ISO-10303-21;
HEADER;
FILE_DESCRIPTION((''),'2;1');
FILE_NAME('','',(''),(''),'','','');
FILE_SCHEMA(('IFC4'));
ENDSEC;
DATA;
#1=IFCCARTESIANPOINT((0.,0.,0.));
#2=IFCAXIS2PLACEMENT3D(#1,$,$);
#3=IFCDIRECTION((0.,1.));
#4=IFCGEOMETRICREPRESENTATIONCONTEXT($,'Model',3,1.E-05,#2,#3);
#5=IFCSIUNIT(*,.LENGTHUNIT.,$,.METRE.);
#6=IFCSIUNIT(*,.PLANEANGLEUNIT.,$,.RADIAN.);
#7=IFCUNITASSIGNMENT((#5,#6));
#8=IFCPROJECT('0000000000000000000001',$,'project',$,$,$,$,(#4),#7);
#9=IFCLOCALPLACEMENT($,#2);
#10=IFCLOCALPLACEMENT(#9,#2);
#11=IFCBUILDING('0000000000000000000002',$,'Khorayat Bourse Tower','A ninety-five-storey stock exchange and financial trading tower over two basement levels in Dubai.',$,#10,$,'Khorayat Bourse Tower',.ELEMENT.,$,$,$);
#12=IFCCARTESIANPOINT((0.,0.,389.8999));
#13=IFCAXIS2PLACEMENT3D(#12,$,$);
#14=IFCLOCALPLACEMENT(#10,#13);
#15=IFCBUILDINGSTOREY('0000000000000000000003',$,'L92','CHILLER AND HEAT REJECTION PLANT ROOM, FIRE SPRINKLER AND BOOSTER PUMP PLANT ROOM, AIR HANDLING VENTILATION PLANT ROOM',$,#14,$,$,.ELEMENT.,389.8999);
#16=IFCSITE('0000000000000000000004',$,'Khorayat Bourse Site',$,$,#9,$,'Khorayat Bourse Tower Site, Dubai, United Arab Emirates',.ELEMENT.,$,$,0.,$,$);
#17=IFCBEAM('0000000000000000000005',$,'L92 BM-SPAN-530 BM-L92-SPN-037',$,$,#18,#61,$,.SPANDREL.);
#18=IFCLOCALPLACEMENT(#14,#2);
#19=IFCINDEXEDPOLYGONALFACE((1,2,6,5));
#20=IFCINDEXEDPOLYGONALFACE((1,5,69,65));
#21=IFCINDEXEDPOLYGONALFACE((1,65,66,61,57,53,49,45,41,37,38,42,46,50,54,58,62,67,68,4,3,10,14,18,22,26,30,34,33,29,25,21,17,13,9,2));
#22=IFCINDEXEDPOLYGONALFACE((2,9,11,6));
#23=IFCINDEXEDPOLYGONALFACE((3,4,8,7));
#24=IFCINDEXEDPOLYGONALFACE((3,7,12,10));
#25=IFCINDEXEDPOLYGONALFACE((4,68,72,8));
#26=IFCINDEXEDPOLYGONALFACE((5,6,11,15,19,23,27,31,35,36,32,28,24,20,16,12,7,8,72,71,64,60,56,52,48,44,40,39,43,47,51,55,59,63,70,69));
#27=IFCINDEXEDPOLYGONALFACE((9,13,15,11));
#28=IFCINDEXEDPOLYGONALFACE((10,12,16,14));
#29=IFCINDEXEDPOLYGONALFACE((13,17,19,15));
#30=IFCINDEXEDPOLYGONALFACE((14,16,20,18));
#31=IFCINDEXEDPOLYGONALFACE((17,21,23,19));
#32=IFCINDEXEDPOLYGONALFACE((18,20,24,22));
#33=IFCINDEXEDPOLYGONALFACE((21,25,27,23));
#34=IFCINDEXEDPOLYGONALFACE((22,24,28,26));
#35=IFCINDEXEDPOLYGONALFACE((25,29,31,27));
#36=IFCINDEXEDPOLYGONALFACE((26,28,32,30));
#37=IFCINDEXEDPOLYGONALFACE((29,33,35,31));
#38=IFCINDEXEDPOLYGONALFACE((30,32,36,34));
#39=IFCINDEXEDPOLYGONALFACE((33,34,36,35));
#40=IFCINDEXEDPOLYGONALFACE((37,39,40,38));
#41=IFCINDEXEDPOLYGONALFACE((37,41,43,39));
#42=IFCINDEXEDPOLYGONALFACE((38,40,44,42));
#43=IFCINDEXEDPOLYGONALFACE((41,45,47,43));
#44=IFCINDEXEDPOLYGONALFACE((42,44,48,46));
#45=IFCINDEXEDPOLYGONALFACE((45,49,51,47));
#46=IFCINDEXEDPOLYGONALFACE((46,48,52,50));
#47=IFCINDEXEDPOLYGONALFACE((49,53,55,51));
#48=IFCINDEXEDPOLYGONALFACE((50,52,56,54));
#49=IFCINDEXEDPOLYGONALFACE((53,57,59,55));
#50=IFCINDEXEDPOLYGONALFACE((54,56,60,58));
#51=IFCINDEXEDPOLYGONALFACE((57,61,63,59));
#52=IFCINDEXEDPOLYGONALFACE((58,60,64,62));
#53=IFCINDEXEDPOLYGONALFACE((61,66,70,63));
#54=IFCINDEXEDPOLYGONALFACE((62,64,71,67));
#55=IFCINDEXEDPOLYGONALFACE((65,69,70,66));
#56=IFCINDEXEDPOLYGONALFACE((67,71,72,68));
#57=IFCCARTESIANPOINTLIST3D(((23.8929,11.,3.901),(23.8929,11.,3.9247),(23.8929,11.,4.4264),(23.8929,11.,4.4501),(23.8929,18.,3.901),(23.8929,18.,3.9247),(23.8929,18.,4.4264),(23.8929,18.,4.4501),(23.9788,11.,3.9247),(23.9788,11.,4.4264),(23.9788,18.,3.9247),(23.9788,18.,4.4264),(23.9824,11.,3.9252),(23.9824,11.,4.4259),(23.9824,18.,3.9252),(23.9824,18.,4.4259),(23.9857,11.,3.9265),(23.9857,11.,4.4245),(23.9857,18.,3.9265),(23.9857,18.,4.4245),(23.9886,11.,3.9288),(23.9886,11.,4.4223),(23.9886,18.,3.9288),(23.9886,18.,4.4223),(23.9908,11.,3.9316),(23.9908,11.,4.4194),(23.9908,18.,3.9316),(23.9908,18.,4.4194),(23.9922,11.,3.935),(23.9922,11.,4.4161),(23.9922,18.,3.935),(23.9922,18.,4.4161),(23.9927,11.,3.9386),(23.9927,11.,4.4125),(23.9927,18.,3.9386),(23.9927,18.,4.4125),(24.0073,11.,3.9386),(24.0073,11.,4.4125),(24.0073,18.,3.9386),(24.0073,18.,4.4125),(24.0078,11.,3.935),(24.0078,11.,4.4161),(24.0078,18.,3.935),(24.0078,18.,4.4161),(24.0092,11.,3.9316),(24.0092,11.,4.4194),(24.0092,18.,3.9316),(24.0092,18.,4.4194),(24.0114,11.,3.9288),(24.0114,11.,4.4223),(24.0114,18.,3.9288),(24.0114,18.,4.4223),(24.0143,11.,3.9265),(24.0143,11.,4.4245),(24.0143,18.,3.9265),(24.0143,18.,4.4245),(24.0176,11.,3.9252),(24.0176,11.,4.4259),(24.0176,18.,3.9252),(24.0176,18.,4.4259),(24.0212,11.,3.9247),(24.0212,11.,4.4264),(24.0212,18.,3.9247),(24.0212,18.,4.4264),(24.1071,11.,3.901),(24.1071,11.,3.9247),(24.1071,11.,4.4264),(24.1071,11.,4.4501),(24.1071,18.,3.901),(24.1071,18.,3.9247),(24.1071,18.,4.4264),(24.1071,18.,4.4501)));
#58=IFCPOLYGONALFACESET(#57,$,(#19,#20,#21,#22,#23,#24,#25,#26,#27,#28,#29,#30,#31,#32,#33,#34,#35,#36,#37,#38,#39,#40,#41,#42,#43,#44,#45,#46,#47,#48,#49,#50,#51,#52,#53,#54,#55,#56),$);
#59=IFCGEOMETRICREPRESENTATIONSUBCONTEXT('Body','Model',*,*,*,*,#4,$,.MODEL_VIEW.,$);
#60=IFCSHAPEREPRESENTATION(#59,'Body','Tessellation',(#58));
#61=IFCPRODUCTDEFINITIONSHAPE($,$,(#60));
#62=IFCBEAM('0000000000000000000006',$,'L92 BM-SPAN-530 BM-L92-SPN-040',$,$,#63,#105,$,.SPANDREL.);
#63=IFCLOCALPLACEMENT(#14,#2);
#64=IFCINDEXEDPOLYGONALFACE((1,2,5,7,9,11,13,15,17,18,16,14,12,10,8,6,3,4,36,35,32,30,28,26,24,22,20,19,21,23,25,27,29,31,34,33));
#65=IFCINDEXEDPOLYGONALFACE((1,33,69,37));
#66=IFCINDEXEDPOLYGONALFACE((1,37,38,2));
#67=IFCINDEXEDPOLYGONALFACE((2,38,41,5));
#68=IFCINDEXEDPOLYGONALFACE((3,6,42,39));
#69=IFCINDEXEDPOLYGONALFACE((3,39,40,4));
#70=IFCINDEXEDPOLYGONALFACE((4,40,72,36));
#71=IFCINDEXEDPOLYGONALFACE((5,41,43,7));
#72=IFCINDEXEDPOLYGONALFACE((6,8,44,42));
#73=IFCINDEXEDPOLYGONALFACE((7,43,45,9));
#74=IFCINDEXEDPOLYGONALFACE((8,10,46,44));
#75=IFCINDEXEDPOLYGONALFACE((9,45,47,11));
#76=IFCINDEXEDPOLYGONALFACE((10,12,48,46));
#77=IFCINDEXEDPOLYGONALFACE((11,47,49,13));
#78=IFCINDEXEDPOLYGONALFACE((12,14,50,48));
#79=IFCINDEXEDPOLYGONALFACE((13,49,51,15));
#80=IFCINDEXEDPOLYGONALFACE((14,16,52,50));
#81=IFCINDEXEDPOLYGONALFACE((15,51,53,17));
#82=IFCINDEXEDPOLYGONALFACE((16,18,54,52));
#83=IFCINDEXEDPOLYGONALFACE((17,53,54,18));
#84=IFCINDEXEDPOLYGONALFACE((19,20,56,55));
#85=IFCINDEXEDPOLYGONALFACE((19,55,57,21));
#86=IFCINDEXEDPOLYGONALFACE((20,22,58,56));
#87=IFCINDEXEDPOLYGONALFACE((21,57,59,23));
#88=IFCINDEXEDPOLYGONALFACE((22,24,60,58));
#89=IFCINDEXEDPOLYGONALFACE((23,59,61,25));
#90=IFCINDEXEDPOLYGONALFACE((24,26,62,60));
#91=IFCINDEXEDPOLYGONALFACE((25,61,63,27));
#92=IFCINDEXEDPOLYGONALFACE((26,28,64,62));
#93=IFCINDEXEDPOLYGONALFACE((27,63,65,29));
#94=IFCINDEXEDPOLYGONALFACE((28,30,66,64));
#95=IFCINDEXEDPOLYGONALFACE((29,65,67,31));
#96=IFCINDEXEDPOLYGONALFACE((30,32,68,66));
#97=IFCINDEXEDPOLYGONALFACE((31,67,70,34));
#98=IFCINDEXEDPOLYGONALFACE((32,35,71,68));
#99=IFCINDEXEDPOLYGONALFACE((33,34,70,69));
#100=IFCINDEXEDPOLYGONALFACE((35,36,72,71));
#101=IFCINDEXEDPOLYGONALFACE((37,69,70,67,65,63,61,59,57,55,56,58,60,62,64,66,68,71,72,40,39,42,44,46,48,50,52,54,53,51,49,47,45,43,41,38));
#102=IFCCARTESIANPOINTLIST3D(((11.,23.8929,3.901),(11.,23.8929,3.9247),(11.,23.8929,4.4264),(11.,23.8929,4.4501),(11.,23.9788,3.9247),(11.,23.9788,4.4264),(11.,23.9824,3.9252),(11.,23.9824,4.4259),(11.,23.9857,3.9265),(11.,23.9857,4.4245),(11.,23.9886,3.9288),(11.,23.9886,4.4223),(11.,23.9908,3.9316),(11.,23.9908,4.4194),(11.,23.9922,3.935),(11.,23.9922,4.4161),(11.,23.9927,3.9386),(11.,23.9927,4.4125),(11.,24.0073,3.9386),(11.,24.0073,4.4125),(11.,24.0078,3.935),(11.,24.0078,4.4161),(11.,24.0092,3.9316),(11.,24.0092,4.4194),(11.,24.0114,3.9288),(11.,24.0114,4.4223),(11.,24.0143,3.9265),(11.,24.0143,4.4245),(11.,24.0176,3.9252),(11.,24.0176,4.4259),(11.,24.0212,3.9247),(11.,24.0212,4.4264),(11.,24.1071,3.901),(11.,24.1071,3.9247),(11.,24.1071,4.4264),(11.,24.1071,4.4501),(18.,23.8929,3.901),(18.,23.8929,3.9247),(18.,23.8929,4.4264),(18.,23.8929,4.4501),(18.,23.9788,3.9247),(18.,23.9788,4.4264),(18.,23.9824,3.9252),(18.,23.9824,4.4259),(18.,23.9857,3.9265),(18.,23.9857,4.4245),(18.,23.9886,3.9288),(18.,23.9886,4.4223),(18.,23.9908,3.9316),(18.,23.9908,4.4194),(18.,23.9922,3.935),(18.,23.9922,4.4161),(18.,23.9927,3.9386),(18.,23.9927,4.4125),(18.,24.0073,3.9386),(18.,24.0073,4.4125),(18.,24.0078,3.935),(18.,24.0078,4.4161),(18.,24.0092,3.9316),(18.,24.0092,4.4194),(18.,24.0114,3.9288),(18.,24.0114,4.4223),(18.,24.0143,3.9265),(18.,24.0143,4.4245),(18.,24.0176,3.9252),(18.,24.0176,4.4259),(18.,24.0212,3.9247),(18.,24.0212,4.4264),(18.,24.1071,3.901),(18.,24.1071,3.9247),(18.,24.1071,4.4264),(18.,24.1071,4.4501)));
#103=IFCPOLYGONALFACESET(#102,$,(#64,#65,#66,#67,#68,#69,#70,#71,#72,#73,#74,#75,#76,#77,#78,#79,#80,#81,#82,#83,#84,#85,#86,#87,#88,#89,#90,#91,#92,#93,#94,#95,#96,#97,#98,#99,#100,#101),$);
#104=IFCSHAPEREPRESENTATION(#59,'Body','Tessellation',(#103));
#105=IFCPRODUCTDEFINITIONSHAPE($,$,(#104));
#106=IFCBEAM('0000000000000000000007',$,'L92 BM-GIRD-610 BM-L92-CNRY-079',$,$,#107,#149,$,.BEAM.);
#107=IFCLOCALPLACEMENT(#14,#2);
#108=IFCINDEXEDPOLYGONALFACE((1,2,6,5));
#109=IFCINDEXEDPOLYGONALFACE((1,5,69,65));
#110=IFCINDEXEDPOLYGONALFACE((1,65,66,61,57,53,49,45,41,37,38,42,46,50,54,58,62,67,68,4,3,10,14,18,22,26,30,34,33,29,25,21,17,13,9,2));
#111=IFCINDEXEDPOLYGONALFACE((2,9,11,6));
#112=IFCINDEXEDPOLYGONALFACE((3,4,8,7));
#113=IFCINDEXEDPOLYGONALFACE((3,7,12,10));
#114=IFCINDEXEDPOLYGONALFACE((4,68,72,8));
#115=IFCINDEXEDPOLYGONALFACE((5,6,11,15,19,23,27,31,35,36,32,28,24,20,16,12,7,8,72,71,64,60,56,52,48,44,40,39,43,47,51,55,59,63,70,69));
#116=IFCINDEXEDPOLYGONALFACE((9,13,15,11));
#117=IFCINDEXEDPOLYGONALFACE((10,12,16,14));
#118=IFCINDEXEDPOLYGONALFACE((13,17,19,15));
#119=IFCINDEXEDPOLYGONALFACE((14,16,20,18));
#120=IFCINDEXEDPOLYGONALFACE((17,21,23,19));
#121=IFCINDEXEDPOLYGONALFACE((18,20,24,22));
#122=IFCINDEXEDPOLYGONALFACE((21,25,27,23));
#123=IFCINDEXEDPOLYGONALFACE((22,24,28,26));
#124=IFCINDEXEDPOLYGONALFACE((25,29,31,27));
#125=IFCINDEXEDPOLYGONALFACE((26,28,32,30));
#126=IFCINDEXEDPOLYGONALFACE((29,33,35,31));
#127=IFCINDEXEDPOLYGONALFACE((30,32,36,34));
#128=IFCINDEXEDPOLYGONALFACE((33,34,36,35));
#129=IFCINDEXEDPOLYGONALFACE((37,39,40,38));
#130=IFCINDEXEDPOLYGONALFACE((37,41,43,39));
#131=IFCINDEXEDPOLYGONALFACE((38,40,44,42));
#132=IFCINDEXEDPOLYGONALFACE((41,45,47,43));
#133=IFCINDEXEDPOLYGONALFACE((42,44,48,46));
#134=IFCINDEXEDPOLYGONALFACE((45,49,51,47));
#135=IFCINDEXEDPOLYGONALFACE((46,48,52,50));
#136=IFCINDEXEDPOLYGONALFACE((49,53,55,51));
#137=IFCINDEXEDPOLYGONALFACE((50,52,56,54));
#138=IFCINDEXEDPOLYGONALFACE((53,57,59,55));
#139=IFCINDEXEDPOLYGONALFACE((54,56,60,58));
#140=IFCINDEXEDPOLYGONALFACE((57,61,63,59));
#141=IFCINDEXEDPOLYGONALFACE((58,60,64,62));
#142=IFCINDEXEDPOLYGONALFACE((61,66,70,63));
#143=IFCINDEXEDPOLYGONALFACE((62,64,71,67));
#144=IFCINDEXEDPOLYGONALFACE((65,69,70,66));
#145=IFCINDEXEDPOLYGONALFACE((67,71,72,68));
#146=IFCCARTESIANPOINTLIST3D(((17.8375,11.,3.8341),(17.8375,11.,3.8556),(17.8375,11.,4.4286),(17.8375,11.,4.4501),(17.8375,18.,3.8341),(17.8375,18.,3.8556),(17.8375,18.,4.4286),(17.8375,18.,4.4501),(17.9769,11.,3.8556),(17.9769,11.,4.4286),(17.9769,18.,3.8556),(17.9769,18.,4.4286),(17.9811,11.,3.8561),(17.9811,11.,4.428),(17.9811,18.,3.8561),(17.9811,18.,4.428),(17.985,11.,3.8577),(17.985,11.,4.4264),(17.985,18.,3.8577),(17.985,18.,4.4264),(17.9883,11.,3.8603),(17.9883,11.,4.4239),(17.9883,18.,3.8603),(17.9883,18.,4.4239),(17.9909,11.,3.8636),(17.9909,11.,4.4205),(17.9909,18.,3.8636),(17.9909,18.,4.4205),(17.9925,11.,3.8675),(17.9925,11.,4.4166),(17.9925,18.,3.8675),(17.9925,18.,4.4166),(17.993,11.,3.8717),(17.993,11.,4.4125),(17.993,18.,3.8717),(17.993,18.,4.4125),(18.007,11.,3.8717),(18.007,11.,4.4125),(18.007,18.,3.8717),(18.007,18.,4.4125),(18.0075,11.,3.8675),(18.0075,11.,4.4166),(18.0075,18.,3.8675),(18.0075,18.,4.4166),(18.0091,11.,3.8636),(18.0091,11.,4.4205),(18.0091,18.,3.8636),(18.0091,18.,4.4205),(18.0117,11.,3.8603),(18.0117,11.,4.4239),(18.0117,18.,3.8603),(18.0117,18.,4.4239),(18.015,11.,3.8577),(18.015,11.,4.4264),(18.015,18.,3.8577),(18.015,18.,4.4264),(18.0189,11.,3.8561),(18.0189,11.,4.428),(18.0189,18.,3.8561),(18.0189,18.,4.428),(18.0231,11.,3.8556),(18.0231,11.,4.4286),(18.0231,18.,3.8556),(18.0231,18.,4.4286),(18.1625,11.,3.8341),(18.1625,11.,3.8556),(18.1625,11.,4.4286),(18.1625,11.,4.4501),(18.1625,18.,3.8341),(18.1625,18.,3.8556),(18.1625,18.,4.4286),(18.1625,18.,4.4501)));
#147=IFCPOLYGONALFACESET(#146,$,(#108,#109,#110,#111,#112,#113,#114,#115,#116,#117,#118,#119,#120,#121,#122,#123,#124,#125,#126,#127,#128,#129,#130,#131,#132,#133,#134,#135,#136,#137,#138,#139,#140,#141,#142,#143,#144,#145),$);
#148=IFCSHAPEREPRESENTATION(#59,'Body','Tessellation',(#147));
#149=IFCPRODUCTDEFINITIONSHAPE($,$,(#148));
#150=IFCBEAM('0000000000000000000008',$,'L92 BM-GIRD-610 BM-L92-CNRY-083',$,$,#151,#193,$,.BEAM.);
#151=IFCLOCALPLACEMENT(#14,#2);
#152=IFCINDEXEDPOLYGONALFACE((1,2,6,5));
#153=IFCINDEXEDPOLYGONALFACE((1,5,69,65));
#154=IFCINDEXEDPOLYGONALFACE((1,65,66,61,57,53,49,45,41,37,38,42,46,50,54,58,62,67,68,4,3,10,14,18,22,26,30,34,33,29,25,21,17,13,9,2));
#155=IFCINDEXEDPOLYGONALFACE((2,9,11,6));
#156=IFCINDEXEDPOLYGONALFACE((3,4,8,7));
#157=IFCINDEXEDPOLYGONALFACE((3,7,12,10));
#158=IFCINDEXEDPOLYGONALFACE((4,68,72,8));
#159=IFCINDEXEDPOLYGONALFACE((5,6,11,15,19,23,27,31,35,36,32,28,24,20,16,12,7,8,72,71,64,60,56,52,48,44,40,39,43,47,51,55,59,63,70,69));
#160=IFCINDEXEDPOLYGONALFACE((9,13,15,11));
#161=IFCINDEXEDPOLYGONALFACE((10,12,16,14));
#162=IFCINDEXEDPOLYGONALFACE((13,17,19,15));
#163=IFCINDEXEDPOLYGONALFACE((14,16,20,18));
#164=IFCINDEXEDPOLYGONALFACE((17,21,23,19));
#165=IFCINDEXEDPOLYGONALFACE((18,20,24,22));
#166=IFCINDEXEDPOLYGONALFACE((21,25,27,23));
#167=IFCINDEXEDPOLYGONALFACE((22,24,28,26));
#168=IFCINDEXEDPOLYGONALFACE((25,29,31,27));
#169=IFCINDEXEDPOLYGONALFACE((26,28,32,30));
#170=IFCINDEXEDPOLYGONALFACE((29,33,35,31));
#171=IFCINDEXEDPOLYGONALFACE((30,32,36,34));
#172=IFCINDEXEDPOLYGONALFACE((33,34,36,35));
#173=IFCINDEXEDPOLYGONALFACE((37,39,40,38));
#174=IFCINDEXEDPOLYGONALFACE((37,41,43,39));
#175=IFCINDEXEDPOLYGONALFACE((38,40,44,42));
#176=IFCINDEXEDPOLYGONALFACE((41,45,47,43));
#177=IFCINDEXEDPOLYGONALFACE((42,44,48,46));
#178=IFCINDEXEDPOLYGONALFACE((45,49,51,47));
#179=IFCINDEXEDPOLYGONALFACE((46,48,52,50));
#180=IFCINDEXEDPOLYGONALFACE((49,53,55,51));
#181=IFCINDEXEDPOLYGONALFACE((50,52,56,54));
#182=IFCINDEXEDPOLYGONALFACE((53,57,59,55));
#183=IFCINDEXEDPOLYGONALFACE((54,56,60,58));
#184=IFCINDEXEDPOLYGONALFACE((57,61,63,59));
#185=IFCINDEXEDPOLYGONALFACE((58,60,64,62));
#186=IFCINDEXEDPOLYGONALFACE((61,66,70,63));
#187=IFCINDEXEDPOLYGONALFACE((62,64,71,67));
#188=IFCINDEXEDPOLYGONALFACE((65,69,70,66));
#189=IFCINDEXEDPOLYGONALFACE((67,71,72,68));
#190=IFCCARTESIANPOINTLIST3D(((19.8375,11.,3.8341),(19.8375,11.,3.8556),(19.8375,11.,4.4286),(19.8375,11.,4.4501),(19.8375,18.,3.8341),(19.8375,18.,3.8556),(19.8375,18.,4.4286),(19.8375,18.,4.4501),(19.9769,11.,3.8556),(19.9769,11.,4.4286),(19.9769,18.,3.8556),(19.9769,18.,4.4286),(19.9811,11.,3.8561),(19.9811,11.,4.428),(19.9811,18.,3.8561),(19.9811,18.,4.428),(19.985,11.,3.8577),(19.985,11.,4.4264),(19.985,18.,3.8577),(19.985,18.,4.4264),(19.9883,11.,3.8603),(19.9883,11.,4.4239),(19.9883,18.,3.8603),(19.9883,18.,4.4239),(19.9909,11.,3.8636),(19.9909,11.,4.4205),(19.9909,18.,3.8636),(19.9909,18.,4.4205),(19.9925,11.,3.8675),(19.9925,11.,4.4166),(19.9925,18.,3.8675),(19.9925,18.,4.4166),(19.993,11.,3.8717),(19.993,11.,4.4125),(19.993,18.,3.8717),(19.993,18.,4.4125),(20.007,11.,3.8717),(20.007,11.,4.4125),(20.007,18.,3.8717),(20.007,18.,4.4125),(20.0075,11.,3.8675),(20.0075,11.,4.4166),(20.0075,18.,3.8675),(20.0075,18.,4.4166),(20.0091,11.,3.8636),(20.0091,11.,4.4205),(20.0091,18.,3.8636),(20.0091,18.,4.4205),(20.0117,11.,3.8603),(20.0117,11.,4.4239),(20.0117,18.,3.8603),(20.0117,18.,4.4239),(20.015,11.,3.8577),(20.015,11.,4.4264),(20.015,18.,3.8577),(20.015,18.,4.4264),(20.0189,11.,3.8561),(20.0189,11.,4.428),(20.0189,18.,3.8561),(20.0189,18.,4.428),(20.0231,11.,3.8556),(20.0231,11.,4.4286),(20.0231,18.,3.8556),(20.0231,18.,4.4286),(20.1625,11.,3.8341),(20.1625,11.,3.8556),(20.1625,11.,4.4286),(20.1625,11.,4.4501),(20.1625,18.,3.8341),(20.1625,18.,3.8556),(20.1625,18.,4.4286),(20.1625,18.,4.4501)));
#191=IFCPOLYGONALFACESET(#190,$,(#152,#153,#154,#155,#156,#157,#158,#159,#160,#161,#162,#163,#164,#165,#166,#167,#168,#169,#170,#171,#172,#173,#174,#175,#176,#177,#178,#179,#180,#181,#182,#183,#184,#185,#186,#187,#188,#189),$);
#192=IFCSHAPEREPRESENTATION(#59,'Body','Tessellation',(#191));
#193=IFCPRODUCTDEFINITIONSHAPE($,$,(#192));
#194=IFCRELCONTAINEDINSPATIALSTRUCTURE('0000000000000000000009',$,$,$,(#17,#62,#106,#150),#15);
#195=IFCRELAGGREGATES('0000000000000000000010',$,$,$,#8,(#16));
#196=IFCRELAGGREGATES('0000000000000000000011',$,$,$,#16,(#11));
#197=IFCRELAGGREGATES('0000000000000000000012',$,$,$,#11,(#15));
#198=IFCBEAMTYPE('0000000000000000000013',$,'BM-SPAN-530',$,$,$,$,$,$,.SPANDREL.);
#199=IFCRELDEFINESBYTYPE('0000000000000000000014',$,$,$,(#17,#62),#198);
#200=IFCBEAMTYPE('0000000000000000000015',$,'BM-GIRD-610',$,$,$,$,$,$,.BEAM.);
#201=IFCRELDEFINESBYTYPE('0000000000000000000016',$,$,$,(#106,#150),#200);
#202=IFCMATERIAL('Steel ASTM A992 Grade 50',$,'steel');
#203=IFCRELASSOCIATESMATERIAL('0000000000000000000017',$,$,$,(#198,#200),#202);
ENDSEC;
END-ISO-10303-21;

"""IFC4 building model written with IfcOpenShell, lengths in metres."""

from ifc_helpers import new_model, si_unit, direction, frame, origin, origin_2d, place, context, subcontext, project, spatial, i_section, extrude, source, transform, mapped, material, material_profile, profile_set, type_object, element, save


model = new_model("IFC4")

# Units and contexts
model_context = context("Model", 3, precision=1e-05, world=origin(), true_north=direction((0.0, 1.0)))
body_context = subcontext(model_context, "Body", "Model", "MODEL_VIEW")
ifc_project = project(units=[si_unit("LENGTHUNIT", "METRE"), si_unit("PLANEANGLEUNIT", "RADIAN")], contexts=[model_context])

# Site, building, storey
site_placement = place(None, origin())
site = spatial("IfcSite", under=ifc_project, at=site_placement, Name="Khorayat Bourse Site", LongName="Khorayat Bourse Tower Site, Dubai, United Arab Emirates", CompositionType="ELEMENT", RefElevation=0.0)
building_placement = place(site_placement, origin())
building = spatial("IfcBuilding", under=site, at=building_placement, Name="Khorayat Bourse Tower", Description="A ninety-five-storey stock exchange and financial trading tower over two basement levels in Dubai.", LongName="Khorayat Bourse Tower", CompositionType="ELEMENT")
storey_placement = place(building_placement, frame((0.0, 0.0, 389.8999)))
storey = spatial("IfcBuildingStorey", under=building, at=storey_placement, Name="L92", Description="CHILLER AND HEAT REJECTION PLANT ROOM, FIRE SPRINKLER AND BOOSTER PUMP PLANT ROOM, AIR HANDLING VENTILATION PLANT ROOM", CompositionType="ELEMENT", Elevation=389.8999)

# Beams
ifc_material_1 = material(Name="Steel ASTM A992 Grade 50", Category="steel")
ifc_material_profile_1 = material_profile(ifc_material_1, i_section(OverallWidth=0.2141, OverallDepth=0.5491, WebThickness=0.0146, FlangeThickness=0.0237, FilletRadius=0.0139, at=origin_2d()), Name="W530X138")
ifc_profile_set_1 = profile_set([ifc_material_profile_1], Name="Steel ASTM A992 Grade 50")
beam_type_1 = type_object("IfcBeamType", Name="BM-SPAN-530", PredefinedType="SPANDREL", material=ifc_profile_set_1)
shared_shape_1 = source(origin(), body_context, "Body", "SweptSolid", [
    extrude(i_section(OverallWidth=0.2141, OverallDepth=0.5491, WebThickness=0.0146, FlangeThickness=0.0237, FilletRadius=0.0139, at=origin_2d()), origin(), (0.0, 0.0, 1.0), 7.0),
])
for number, where, z_axis, x_axis, name in (
    (1, (24.0, 11.0, 4.1755), (0.0, 1.0, 0.0), (-1.0, 0.0, 0.0), "L92 BM-SPAN-530 BM-L92-SPN-037"),
    (2, (11.0, 24.0, 4.1755), (1.0, 0.0, 0.0), (0.0, 1.0, 0.0), "L92 BM-SPAN-530 BM-L92-SPN-040"),
):
    element("IfcBeam", number, at=place(storey_placement, frame(where, z_axis=z_axis, x_axis=x_axis)), inside=storey, type_object=beam_type_1, Name=name, PredefinedType="SPANDREL", context=body_context, shape_type="MappedRepresentation", body=[
        mapped(shared_shape_1, transform((0.0, 0.0, 0.0), scale=1.0)),
    ])
ifc_material_profile_2 = material_profile(ifc_material_1, i_section(OverallWidth=0.325, OverallDepth=0.616, WebThickness=0.0139, FlangeThickness=0.0215, FilletRadius=0.0161, at=origin_2d()), Name="W610X174")
ifc_profile_set_2 = profile_set([ifc_material_profile_2], Name="Steel ASTM A992 Grade 50")
beam_type_2 = type_object("IfcBeamType", Name="BM-GIRD-610", PredefinedType="BEAM", material=ifc_profile_set_2)
shared_shape_2 = source(origin(), body_context, "Body", "SweptSolid", [
    extrude(i_section(OverallWidth=0.325, OverallDepth=0.616, WebThickness=0.0139, FlangeThickness=0.0215, FilletRadius=0.0161, at=origin_2d()), origin(), (0.0, 0.0, 1.0), 7.0),
])
for number, where, z_axis, x_axis, name in (
    (3, (18.0, 11.0, 4.1421), (0.0, 1.0, 0.0), (-1.0, 0.0, 0.0), "L92 BM-GIRD-610 BM-L92-CNRY-079"),
    (4, (20.0, 11.0, 4.1421), (0.0, 1.0, 0.0), (-1.0, 0.0, 0.0), "L92 BM-GIRD-610 BM-L92-CNRY-083"),
):
    element("IfcBeam", number, at=place(storey_placement, frame(where, z_axis=z_axis, x_axis=x_axis)), inside=storey, type_object=beam_type_2, Name=name, PredefinedType="BEAM", context=body_context, shape_type="MappedRepresentation", body=[
        mapped(shared_shape_2, transform((0.0, 0.0, 0.0), scale=1.0)),
    ])

save(model, "model.ifc")
